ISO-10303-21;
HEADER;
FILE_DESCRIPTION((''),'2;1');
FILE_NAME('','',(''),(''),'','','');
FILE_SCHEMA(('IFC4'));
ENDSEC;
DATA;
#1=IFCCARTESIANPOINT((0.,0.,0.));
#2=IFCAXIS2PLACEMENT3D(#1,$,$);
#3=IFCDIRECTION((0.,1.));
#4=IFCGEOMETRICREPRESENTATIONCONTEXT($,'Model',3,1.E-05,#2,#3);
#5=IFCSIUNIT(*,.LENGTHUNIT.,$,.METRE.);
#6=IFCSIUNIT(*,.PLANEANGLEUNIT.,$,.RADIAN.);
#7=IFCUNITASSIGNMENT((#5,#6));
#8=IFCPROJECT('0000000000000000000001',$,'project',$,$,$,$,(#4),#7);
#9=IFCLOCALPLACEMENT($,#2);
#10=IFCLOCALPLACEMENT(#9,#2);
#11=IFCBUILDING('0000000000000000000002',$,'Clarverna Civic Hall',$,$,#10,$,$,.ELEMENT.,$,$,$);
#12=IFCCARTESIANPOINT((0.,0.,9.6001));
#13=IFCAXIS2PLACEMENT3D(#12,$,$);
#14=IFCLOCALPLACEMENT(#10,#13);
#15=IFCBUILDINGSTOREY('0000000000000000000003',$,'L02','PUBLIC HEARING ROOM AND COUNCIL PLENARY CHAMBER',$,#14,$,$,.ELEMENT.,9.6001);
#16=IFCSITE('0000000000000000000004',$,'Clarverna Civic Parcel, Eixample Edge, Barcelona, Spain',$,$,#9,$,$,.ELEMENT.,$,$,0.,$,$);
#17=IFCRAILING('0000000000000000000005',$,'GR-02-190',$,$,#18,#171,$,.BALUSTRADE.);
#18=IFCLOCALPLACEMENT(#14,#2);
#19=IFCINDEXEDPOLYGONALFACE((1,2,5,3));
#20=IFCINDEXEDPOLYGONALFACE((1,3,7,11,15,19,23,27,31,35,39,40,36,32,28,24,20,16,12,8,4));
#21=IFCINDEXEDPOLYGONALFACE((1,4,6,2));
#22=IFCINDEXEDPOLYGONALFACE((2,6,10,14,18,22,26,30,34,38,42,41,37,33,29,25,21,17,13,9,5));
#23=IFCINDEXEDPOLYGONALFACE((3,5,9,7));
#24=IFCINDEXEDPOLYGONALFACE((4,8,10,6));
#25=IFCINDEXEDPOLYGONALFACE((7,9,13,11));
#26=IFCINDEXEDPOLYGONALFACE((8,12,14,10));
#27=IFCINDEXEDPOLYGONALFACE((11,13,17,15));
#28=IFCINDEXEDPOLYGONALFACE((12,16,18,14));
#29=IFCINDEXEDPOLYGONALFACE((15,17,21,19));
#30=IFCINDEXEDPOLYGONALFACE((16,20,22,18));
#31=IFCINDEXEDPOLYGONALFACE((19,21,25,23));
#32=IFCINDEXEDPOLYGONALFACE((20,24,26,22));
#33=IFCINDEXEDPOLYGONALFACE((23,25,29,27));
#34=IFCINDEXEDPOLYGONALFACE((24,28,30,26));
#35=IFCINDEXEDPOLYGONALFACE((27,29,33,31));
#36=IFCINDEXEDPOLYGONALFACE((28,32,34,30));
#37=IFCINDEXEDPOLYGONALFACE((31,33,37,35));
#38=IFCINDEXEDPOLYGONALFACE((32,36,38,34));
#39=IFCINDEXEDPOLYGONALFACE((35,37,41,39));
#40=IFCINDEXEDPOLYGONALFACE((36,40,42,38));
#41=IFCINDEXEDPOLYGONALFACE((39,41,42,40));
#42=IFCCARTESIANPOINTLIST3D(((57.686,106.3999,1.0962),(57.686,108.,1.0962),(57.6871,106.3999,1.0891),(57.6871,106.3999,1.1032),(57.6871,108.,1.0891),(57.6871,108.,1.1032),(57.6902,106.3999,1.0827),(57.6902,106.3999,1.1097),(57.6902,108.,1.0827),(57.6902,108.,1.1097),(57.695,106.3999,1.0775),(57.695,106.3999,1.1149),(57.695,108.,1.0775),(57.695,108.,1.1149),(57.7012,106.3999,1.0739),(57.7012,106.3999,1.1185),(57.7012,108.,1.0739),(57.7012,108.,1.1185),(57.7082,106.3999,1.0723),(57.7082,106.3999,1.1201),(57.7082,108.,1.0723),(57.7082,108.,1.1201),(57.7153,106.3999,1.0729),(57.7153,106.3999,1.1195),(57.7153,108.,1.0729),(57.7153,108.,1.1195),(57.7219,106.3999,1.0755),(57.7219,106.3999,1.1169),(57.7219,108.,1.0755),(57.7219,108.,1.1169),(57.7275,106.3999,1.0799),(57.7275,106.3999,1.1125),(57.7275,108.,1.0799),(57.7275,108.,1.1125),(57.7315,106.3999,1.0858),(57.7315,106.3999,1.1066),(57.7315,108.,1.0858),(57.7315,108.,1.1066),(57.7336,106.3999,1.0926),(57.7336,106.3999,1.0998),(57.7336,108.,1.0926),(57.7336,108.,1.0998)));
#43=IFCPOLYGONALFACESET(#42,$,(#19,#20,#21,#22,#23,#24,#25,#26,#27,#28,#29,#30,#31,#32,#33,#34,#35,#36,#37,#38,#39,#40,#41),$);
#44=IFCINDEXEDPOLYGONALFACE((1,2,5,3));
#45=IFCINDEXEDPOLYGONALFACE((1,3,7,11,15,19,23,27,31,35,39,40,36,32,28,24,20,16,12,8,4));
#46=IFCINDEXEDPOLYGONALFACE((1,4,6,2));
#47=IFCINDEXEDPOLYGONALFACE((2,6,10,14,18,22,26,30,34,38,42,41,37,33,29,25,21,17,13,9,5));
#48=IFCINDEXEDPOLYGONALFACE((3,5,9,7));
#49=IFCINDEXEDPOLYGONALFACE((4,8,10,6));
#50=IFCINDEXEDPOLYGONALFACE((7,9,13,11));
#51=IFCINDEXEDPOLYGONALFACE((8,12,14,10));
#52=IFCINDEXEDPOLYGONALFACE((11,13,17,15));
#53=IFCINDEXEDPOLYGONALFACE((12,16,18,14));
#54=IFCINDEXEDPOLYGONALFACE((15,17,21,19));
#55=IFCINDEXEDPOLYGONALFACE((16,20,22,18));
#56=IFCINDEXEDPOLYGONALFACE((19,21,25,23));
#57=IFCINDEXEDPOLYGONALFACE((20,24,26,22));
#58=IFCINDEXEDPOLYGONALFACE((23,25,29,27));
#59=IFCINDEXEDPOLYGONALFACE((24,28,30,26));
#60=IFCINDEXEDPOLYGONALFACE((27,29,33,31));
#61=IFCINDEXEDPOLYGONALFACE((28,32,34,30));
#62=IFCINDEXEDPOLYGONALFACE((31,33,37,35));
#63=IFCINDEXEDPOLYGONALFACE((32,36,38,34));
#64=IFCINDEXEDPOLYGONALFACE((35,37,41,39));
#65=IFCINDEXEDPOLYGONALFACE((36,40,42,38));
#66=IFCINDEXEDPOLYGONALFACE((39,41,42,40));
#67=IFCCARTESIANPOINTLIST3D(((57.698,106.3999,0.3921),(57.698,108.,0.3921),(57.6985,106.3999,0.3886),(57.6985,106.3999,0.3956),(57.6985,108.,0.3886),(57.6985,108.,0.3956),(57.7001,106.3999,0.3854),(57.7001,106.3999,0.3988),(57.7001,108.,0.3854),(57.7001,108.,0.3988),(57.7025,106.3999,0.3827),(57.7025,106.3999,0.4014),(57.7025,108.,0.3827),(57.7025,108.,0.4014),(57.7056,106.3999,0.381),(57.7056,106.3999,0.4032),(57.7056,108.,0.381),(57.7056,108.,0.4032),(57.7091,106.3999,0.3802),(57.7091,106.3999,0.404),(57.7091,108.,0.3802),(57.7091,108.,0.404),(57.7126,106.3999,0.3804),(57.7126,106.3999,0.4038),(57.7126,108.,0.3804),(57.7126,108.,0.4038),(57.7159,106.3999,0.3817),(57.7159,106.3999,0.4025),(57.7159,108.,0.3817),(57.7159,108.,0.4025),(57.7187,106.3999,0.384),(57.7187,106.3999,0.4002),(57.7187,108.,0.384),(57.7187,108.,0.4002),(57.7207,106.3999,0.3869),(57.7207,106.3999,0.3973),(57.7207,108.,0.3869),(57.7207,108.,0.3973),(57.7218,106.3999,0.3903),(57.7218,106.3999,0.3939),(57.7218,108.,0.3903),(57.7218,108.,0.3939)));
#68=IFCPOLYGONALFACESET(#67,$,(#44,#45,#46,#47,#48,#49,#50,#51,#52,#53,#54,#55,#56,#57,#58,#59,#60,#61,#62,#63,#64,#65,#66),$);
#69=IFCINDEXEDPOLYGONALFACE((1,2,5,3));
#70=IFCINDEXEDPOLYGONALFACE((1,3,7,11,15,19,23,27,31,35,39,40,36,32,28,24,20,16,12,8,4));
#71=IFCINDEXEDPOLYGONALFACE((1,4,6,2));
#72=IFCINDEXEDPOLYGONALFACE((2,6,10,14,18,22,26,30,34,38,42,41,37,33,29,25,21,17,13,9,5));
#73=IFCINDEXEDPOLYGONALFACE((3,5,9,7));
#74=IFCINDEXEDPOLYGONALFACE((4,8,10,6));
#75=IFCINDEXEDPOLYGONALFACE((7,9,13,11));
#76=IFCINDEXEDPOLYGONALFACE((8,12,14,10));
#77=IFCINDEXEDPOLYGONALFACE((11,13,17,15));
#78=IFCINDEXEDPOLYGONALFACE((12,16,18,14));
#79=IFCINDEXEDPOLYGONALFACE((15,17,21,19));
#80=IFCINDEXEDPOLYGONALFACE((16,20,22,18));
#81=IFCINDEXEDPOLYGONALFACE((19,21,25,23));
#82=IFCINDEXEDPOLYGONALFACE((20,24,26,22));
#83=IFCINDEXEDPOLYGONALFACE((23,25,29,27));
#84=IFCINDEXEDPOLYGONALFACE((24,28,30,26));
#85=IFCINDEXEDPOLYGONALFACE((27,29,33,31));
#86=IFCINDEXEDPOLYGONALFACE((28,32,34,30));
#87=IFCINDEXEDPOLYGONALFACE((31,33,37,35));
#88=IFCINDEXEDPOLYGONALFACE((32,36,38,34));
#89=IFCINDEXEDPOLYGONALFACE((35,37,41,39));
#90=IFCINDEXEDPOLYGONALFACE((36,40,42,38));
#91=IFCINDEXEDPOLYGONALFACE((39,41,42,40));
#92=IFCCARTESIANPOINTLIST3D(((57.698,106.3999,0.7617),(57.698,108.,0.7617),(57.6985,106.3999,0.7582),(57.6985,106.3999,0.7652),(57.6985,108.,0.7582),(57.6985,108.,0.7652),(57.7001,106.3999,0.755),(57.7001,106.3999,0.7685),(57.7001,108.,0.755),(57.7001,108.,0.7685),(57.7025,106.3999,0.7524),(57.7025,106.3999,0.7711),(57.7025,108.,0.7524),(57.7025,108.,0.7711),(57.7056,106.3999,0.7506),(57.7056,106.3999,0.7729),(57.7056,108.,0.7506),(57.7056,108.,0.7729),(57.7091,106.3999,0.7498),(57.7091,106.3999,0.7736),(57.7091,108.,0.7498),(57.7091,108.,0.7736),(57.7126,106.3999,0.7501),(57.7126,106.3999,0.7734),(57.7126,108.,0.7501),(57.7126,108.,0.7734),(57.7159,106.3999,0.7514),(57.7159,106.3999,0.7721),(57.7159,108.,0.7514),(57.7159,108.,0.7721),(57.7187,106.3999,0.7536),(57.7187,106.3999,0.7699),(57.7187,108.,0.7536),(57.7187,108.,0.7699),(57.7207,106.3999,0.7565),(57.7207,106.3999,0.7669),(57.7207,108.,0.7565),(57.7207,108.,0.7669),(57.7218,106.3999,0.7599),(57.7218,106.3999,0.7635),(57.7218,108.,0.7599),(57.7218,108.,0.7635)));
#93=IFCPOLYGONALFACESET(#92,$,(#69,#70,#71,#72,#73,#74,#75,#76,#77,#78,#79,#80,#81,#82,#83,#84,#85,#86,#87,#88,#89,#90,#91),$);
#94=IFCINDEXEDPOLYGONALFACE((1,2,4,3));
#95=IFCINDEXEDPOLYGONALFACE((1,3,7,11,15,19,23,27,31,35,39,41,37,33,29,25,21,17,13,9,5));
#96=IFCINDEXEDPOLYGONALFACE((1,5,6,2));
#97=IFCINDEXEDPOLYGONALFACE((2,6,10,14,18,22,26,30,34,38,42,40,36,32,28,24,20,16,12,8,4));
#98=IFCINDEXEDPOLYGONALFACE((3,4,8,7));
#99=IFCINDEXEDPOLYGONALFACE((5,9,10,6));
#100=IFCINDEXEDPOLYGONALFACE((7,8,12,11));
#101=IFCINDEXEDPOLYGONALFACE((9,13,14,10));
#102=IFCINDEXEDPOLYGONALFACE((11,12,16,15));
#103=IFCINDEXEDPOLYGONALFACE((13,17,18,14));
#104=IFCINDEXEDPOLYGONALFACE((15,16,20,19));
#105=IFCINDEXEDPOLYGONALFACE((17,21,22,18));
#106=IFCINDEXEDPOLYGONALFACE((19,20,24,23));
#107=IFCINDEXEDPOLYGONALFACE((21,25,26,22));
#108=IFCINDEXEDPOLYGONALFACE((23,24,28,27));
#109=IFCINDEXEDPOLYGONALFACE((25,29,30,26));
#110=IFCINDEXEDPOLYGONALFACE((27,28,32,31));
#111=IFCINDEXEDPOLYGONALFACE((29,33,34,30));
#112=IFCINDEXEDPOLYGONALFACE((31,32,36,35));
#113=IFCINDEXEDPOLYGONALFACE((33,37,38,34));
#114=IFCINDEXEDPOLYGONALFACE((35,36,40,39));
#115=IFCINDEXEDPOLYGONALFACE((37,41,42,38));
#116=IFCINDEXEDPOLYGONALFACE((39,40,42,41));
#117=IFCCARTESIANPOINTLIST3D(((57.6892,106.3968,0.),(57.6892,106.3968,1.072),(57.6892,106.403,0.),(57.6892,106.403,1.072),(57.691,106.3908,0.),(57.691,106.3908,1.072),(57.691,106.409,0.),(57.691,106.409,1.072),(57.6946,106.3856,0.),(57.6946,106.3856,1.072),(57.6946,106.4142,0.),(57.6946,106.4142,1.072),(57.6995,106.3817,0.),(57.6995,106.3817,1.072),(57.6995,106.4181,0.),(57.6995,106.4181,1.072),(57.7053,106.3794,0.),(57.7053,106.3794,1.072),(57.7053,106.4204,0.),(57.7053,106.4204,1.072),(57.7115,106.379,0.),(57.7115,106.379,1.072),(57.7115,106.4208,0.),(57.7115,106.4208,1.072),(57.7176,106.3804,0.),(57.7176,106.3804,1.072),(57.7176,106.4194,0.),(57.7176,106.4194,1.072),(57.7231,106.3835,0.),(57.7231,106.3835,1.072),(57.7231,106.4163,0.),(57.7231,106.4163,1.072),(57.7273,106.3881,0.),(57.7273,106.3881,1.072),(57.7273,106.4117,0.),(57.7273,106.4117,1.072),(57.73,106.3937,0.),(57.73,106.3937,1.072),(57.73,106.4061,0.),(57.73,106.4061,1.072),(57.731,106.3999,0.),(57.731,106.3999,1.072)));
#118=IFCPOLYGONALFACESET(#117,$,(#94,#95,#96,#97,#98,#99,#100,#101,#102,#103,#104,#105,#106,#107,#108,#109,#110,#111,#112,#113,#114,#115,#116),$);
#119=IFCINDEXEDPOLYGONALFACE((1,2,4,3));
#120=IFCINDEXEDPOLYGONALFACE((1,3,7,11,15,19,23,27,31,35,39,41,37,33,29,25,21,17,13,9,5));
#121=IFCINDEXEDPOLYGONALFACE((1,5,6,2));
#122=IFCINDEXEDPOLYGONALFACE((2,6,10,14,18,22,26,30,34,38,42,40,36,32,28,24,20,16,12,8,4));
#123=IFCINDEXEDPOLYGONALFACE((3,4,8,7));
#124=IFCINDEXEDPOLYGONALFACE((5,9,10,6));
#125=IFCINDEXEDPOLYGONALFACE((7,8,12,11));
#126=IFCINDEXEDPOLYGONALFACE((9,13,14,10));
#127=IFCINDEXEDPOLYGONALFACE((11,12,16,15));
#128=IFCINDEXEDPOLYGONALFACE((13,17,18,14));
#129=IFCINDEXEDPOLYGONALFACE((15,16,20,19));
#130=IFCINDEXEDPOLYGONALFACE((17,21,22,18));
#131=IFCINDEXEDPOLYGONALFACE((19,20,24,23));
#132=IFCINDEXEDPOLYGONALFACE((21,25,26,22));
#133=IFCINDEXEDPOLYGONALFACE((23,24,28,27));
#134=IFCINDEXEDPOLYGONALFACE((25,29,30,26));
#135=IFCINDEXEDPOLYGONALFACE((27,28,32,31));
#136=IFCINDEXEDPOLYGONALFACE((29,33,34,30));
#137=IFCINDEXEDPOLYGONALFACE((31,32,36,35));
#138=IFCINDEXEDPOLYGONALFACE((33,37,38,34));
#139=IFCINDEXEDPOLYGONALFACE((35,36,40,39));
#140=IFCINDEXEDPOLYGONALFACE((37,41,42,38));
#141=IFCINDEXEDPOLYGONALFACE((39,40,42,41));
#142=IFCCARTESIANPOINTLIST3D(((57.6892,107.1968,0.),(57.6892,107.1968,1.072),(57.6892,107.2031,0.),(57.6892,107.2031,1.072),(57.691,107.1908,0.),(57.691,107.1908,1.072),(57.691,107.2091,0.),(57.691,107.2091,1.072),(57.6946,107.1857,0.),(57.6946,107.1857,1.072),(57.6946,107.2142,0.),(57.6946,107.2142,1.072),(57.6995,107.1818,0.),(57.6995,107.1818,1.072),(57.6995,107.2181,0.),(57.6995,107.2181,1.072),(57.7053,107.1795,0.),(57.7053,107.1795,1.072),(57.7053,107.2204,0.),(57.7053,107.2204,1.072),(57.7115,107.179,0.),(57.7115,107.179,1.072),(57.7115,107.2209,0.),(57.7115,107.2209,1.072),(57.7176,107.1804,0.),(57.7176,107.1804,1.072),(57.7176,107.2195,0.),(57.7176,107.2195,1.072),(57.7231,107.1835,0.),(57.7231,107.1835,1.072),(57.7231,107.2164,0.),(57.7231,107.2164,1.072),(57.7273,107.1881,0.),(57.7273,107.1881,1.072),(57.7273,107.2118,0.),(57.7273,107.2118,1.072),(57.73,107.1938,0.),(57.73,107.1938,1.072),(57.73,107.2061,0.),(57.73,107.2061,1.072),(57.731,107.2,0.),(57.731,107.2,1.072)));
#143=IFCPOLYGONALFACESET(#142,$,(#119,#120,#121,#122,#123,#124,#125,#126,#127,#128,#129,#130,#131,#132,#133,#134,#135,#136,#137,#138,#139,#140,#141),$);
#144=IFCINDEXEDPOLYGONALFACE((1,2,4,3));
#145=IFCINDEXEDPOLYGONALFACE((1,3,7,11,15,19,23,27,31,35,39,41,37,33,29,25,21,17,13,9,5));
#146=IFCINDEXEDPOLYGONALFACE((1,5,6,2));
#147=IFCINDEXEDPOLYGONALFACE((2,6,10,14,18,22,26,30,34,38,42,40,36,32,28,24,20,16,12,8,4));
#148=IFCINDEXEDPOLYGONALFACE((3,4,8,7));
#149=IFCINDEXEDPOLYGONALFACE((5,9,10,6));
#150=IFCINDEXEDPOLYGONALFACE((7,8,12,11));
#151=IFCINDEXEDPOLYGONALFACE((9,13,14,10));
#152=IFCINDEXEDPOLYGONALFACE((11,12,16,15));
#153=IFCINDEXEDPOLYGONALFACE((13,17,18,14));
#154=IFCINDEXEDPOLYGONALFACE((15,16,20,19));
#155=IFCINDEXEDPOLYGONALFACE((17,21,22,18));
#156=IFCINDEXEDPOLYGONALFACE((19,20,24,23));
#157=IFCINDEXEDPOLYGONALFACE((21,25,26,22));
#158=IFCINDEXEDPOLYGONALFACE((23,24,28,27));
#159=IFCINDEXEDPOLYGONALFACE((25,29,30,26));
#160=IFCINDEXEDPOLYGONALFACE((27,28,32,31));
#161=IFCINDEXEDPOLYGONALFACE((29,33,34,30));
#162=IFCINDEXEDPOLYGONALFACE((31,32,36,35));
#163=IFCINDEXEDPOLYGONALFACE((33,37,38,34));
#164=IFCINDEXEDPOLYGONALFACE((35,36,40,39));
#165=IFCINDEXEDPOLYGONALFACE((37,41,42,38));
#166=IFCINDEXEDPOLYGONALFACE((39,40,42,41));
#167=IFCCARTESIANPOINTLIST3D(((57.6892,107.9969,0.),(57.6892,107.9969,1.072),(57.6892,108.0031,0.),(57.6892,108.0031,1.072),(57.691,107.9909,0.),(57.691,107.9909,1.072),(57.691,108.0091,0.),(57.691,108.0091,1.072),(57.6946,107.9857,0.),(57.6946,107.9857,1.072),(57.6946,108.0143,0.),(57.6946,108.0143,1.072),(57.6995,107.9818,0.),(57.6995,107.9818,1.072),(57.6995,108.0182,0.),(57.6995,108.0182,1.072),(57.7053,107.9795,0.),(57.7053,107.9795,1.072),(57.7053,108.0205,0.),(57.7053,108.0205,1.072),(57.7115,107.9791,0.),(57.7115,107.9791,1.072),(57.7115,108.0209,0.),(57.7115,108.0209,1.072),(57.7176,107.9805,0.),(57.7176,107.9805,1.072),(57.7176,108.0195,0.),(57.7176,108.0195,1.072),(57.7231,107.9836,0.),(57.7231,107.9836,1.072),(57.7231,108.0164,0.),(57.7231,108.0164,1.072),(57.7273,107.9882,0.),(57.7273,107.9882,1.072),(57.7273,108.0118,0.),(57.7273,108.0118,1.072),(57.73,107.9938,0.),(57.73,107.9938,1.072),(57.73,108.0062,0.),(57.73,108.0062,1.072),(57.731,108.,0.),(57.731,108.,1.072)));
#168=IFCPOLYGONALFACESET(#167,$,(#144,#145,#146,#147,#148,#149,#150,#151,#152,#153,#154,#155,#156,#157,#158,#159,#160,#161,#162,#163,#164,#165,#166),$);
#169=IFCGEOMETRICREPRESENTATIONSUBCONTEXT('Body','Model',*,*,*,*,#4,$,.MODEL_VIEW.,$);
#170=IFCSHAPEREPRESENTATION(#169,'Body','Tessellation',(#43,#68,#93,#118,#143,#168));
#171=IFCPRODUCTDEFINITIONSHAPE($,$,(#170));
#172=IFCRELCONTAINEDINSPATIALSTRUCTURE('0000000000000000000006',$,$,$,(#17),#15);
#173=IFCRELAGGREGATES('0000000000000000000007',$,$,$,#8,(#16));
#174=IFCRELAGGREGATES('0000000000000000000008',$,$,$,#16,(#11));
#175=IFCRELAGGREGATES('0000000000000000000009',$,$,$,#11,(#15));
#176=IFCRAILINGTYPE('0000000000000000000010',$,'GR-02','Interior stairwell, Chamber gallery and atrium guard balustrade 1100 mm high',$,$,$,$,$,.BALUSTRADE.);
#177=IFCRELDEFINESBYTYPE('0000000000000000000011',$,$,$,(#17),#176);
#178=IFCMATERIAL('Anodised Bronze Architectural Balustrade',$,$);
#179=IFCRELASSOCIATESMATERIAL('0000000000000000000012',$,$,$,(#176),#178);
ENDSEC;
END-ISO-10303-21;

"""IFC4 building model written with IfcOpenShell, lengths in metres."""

from ifc_helpers import new_model, si_unit, direction, frame, origin, origin_2d, place, context, subcontext, project, spatial, circle, extrude, material, type_object, element, save


model = new_model("IFC4")

# Units and contexts
model_context = context("Model", 3, precision=1e-05, world=origin(), true_north=direction((0.0, 1.0)))
body_context = subcontext(model_context, "Body", "Model", "MODEL_VIEW")
ifc_project = project(units=[si_unit("LENGTHUNIT", "METRE"), si_unit("PLANEANGLEUNIT", "RADIAN")], contexts=[model_context])

# Site, building, storey
site_placement = place(None, origin())
site = spatial("IfcSite", under=ifc_project, at=site_placement, Name="Clarverna Civic Parcel, Eixample Edge, Barcelona, Spain", CompositionType="ELEMENT", RefElevation=0.0)
building_placement = place(site_placement, origin())
building = spatial("IfcBuilding", under=site, at=building_placement, Name="Clarverna Civic Hall", CompositionType="ELEMENT")
storey_placement = place(building_placement, frame((0.0, 0.0, 9.6001)))
storey = spatial("IfcBuildingStorey", under=building, at=storey_placement, Name="L02", Description="PUBLIC HEARING ROOM AND COUNCIL PLENARY CHAMBER", CompositionType="ELEMENT", Elevation=9.6001)

# Railing
ifc_material_1 = material(Name="Anodised Bronze Architectural Balustrade")
railing_type_1 = type_object("IfcRailingType", Name="GR-02", Description="Interior stairwell, Chamber gallery and atrium guard balustrade 1100 mm high", PredefinedType="BALUSTRADE", material=ifc_material_1)
railing_1_placement = place(storey_placement, frame((57.71, 106.3999, 0.0)))
element("IfcRailing", 1, at=railing_1_placement, inside=storey, type_object=railing_type_1, Name="GR-02-190", PredefinedType="BALUSTRADE", context=body_context, shape_type="SweptSolid", body=[
    extrude(circle(Radius=0.0239, at=origin_2d()), frame((0.0, 0.0, 1.0962), z_axis=(0.0, 1.0, 0.0), x_axis=(-1.0, 0.0, 0.0)), (0.0, 0.0, 1.0), 1.6001),
    extrude(circle(Radius=0.012, at=origin_2d()), frame((0.0, 0.0, 0.3921), z_axis=(0.0, 1.0, 0.0), x_axis=(-1.0, 0.0, 0.0)), (0.0, 0.0, 1.0), 1.6001),
    extrude(circle(Radius=0.012, at=origin_2d()), frame((0.0, 0.0, 0.7617), z_axis=(0.0, 1.0, 0.0), x_axis=(-1.0, 0.0, 0.0)), (0.0, 0.0, 1.0), 1.6001),
    extrude(circle(Radius=0.021, at=origin_2d()), origin(), (0.0, 0.0, 1.0), 1.072),
    extrude(circle(Radius=0.021, at=origin_2d()), frame((0.0, 0.8, 0.0)), (0.0, 0.0, 1.0), 1.072),
    extrude(circle(Radius=0.021, at=origin_2d()), frame((0.0, 1.6001, 0.0)), (0.0, 0.0, 1.0), 1.072),
])

save(model, "model.ifc")
